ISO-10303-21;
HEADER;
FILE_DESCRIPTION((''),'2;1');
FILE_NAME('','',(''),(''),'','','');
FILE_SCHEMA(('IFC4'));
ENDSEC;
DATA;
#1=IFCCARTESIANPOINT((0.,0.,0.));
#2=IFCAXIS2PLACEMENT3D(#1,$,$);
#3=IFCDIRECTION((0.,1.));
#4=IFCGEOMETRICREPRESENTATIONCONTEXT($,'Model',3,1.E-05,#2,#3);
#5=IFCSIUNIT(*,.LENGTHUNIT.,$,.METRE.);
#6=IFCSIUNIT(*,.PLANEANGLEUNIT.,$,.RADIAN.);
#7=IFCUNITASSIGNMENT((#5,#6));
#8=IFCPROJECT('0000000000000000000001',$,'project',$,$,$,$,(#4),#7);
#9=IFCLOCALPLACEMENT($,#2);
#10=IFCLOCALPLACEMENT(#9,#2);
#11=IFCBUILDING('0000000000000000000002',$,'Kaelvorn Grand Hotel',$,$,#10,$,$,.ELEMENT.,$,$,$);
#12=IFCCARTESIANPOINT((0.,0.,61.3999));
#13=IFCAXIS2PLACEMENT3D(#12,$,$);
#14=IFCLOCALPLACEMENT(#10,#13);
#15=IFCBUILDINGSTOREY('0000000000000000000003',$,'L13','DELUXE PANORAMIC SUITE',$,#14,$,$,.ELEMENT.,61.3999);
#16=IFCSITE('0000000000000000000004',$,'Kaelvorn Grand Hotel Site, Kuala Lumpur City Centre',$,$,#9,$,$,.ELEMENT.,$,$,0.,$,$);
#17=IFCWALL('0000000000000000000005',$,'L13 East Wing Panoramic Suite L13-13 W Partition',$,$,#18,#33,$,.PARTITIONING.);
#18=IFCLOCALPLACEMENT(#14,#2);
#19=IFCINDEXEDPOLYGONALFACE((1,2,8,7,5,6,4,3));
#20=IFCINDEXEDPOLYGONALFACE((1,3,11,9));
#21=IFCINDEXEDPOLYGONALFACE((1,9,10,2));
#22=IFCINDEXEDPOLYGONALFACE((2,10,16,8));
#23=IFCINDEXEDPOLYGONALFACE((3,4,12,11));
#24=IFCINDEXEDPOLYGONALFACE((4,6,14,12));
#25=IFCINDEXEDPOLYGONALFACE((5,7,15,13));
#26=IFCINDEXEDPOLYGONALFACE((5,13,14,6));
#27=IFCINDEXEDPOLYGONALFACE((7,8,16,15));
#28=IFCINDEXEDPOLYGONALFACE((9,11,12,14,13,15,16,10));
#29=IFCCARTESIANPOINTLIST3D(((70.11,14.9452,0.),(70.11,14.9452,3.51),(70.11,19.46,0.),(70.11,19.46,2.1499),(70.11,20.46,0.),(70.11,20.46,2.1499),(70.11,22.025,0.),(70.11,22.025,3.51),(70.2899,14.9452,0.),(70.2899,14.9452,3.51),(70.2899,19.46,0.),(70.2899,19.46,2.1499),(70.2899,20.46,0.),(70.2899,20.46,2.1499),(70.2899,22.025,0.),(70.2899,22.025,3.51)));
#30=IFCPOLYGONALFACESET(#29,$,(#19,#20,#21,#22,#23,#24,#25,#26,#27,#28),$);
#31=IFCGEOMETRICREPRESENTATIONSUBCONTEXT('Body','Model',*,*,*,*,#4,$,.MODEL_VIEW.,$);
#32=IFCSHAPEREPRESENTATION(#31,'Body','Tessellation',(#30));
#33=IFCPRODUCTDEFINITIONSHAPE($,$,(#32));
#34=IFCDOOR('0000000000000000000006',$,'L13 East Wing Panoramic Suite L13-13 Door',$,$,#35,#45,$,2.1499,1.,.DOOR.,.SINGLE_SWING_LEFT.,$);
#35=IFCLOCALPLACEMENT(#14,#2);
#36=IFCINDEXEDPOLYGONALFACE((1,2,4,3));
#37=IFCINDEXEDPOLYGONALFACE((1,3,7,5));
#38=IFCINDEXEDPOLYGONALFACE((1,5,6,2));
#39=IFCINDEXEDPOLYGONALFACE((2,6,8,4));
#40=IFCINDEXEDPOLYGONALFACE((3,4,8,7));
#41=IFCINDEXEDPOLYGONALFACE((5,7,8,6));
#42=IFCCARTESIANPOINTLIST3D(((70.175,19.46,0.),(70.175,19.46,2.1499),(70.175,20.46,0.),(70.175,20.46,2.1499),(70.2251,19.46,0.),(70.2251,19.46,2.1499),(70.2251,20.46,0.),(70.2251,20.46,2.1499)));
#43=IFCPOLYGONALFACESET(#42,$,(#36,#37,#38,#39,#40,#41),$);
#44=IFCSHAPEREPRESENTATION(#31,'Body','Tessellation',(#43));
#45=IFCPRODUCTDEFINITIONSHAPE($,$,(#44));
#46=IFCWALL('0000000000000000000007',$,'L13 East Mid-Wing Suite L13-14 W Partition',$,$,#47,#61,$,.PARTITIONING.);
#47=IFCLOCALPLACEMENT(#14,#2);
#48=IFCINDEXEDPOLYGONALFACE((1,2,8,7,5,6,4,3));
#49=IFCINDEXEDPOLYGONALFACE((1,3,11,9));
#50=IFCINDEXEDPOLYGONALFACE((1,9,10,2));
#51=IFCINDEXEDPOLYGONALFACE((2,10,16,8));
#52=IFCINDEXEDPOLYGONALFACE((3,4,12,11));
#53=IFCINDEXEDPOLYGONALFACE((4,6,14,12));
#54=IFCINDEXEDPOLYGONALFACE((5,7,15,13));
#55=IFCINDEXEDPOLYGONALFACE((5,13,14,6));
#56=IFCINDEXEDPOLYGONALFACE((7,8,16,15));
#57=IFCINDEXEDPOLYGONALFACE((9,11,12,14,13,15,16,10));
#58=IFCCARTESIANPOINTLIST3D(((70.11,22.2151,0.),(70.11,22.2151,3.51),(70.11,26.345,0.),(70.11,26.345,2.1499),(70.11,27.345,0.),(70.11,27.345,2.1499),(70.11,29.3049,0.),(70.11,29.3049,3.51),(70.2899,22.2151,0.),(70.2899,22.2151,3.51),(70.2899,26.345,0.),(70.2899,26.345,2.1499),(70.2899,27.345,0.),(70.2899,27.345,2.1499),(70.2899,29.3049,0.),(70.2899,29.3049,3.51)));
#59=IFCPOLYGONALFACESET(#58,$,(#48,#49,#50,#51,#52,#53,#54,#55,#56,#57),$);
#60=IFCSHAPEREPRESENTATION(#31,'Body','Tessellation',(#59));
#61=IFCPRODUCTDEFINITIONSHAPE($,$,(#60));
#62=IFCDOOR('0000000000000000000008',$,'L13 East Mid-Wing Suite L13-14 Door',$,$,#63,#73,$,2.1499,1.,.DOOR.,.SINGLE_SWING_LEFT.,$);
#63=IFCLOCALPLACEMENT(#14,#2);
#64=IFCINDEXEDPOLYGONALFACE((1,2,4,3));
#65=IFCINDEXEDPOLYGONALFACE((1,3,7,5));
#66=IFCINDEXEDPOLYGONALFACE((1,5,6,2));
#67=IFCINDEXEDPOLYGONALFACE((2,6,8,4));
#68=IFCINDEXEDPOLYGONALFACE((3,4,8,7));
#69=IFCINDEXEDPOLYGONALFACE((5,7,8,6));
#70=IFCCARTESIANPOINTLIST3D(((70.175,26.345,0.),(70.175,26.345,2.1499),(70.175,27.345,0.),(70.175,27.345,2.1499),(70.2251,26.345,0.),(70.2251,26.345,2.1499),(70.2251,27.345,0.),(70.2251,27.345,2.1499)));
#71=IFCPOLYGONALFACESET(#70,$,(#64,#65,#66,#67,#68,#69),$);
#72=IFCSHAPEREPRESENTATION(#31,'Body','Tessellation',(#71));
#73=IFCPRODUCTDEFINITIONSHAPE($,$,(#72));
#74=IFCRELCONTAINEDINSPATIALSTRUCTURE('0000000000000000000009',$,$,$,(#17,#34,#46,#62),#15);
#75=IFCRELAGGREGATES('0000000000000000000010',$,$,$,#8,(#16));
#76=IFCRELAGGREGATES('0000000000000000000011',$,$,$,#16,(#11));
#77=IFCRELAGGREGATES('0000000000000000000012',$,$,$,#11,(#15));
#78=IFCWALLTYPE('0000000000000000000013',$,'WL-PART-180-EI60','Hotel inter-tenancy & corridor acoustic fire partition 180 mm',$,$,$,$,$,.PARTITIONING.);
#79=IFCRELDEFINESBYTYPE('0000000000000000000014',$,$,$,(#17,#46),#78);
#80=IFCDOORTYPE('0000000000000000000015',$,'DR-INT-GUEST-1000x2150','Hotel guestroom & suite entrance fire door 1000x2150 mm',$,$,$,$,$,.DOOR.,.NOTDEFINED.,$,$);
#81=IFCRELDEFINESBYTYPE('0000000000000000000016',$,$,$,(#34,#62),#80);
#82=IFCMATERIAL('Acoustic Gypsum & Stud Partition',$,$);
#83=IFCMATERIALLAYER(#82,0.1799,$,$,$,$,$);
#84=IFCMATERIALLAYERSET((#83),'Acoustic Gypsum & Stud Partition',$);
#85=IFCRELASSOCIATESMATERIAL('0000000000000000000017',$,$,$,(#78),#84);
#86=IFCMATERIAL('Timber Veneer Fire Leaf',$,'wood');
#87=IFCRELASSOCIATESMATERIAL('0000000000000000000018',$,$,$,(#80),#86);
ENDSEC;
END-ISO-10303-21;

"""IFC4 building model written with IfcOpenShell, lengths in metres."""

from ifc_helpers import new_model, si_unit, direction, frame, frame_2d, origin, place, context, subcontext, project, spatial, rectangle, extrude, material, layer, layer_set, type_object, element, fill, save


model = new_model("IFC4")

# Units and contexts
model_context = context("Model", 3, precision=1e-05, world=origin(), true_north=direction((0.0, 1.0)))
body_context = subcontext(model_context, "Body", "Model", "MODEL_VIEW")
ifc_project = project(units=[si_unit("LENGTHUNIT", "METRE"), si_unit("PLANEANGLEUNIT", "RADIAN")], contexts=[model_context])

# Site, building, storey
site_placement = place(None, origin())
site = spatial("IfcSite", under=ifc_project, at=site_placement, Name="Kaelvorn Grand Hotel Site, Kuala Lumpur City Centre", CompositionType="ELEMENT", RefElevation=0.0)
building_placement = place(site_placement, origin())
building = spatial("IfcBuilding", under=site, at=building_placement, Name="Kaelvorn Grand Hotel", CompositionType="ELEMENT")
storey_placement = place(building_placement, frame((0.0, 0.0, 61.3999)))
storey = spatial("IfcBuildingStorey", under=building, at=storey_placement, Name="L13", Description="DELUXE PANORAMIC SUITE", CompositionType="ELEMENT", Elevation=61.3999)

# Shared definitions
ifc_material_1 = material(Name="Acoustic Gypsum & Stud Partition")
ifc_layer_1 = layer(ifc_material_1, 0.1799)
ifc_layer_set_1 = layer_set([ifc_layer_1], Name="Acoustic Gypsum & Stud Partition")
wall_type_1 = type_object("IfcWallType", Name="WL-PART-180-EI60", Description="Hotel inter-tenancy & corridor acoustic fire partition 180 mm", PredefinedType="PARTITIONING", material=ifc_layer_set_1)

# Walls, openings, doors
wall_1_placement = place(storey_placement, frame((70.2, 14.9451, 0.0), z_axis=(0.0, 0.0, 1.0), x_axis=(0.0, 1.0, 0.0)))
wall_1 = element("IfcWall", 1, at=wall_1_placement, inside=storey, type_object=wall_type_1, Name="L13 East Wing Panoramic Suite L13-13 W Partition", PredefinedType="PARTITIONING", context=body_context, shape_type="SweptSolid", body=[
    extrude(rectangle(XDim=7.0798, YDim=0.1799, at=frame_2d((3.54, 0.0))), origin(), (0.0, 0.0, 1.0), 3.51),
])
opening_1_placement = place(wall_1_placement, frame((4.5149, 0.0, 0.0)))
opening_1 = element("IfcOpeningElement", 2, at=opening_1_placement, cuts=wall_1, PredefinedType="OPENING", context=body_context, shape_type="SweptSolid", body=[
    extrude(rectangle(XDim=1.0, YDim=2.1499, at=frame_2d((0.5, 1.075))), frame((0.0, 0.1001, 0.0), z_axis=(0.0, -1.0, 0.0), x_axis=(1.0, 0.0, 0.0)), (0.0, 0.0, 1.0), 0.2),
])
ifc_material_2 = material(Name="Timber Veneer Fire Leaf", Category="wood")
door_type_1 = type_object("IfcDoorType", Name="DR-INT-GUEST-1000x2150", Description="Hotel guestroom & suite entrance fire door 1000x2150 mm", OperationType="NOTDEFINED", PredefinedType="DOOR", material=ifc_material_2)
door_1_placement = place(opening_1_placement, origin())
door_1 = element("IfcDoor", 3, at=door_1_placement, inside=storey, type_object=door_type_1, Name="L13 East Wing Panoramic Suite L13-13 Door", OperationType="SINGLE_SWING_LEFT", OverallHeight=2.1499, OverallWidth=1.0, PredefinedType="DOOR", context=body_context, shape_type="SweptSolid", body=[
    extrude(rectangle(XDim=1.0, YDim=2.1499, at=frame_2d((0.5, 1.075))), frame((0.0, 0.0249, 0.0), z_axis=(0.0, -1.0, 0.0), x_axis=(1.0, 0.0, 0.0)), (0.0, 0.0, 1.0), 0.05),
])
fill(opening_1, door_1)
wall_2_placement = place(storey_placement, frame((70.2, 22.2151, 0.0), z_axis=(0.0, 0.0, 1.0), x_axis=(0.0, 1.0, 0.0)))
wall_2 = element("IfcWall", 4, at=wall_2_placement, inside=storey, type_object=wall_type_1, Name="L13 East Mid-Wing Suite L13-14 W Partition", PredefinedType="PARTITIONING", context=body_context, shape_type="SweptSolid", body=[
    extrude(rectangle(XDim=7.0898, YDim=0.1799, at=frame_2d((3.5449, 0.0))), origin(), (0.0, 0.0, 1.0), 3.51),
])
opening_2_placement = place(wall_2_placement, frame((4.1299, 0.0, 0.0)))
opening_2 = element("IfcOpeningElement", 5, at=opening_2_placement, cuts=wall_2, PredefinedType="OPENING", context=body_context, shape_type="SweptSolid", body=[
    extrude(rectangle(XDim=1.0, YDim=2.1499, at=frame_2d((0.5, 1.075))), frame((0.0, 0.1001, 0.0), z_axis=(0.0, -1.0, 0.0), x_axis=(1.0, 0.0, 0.0)), (0.0, 0.0, 1.0), 0.2),
])
door_2_placement = place(opening_2_placement, origin())
door_2 = element("IfcDoor", 6, at=door_2_placement, inside=storey, type_object=door_type_1, Name="L13 East Mid-Wing Suite L13-14 Door", OperationType="SINGLE_SWING_LEFT", OverallHeight=2.1499, OverallWidth=1.0, PredefinedType="DOOR", context=body_context, shape_type="SweptSolid", body=[
    extrude(rectangle(XDim=1.0, YDim=2.1499, at=frame_2d((0.5, 1.075))), frame((0.0, 0.0249, 0.0), z_axis=(0.0, -1.0, 0.0), x_axis=(1.0, 0.0, 0.0)), (0.0, 0.0, 1.0), 0.05),
])
fill(opening_2, door_2)

save(model, "model.ifc")
